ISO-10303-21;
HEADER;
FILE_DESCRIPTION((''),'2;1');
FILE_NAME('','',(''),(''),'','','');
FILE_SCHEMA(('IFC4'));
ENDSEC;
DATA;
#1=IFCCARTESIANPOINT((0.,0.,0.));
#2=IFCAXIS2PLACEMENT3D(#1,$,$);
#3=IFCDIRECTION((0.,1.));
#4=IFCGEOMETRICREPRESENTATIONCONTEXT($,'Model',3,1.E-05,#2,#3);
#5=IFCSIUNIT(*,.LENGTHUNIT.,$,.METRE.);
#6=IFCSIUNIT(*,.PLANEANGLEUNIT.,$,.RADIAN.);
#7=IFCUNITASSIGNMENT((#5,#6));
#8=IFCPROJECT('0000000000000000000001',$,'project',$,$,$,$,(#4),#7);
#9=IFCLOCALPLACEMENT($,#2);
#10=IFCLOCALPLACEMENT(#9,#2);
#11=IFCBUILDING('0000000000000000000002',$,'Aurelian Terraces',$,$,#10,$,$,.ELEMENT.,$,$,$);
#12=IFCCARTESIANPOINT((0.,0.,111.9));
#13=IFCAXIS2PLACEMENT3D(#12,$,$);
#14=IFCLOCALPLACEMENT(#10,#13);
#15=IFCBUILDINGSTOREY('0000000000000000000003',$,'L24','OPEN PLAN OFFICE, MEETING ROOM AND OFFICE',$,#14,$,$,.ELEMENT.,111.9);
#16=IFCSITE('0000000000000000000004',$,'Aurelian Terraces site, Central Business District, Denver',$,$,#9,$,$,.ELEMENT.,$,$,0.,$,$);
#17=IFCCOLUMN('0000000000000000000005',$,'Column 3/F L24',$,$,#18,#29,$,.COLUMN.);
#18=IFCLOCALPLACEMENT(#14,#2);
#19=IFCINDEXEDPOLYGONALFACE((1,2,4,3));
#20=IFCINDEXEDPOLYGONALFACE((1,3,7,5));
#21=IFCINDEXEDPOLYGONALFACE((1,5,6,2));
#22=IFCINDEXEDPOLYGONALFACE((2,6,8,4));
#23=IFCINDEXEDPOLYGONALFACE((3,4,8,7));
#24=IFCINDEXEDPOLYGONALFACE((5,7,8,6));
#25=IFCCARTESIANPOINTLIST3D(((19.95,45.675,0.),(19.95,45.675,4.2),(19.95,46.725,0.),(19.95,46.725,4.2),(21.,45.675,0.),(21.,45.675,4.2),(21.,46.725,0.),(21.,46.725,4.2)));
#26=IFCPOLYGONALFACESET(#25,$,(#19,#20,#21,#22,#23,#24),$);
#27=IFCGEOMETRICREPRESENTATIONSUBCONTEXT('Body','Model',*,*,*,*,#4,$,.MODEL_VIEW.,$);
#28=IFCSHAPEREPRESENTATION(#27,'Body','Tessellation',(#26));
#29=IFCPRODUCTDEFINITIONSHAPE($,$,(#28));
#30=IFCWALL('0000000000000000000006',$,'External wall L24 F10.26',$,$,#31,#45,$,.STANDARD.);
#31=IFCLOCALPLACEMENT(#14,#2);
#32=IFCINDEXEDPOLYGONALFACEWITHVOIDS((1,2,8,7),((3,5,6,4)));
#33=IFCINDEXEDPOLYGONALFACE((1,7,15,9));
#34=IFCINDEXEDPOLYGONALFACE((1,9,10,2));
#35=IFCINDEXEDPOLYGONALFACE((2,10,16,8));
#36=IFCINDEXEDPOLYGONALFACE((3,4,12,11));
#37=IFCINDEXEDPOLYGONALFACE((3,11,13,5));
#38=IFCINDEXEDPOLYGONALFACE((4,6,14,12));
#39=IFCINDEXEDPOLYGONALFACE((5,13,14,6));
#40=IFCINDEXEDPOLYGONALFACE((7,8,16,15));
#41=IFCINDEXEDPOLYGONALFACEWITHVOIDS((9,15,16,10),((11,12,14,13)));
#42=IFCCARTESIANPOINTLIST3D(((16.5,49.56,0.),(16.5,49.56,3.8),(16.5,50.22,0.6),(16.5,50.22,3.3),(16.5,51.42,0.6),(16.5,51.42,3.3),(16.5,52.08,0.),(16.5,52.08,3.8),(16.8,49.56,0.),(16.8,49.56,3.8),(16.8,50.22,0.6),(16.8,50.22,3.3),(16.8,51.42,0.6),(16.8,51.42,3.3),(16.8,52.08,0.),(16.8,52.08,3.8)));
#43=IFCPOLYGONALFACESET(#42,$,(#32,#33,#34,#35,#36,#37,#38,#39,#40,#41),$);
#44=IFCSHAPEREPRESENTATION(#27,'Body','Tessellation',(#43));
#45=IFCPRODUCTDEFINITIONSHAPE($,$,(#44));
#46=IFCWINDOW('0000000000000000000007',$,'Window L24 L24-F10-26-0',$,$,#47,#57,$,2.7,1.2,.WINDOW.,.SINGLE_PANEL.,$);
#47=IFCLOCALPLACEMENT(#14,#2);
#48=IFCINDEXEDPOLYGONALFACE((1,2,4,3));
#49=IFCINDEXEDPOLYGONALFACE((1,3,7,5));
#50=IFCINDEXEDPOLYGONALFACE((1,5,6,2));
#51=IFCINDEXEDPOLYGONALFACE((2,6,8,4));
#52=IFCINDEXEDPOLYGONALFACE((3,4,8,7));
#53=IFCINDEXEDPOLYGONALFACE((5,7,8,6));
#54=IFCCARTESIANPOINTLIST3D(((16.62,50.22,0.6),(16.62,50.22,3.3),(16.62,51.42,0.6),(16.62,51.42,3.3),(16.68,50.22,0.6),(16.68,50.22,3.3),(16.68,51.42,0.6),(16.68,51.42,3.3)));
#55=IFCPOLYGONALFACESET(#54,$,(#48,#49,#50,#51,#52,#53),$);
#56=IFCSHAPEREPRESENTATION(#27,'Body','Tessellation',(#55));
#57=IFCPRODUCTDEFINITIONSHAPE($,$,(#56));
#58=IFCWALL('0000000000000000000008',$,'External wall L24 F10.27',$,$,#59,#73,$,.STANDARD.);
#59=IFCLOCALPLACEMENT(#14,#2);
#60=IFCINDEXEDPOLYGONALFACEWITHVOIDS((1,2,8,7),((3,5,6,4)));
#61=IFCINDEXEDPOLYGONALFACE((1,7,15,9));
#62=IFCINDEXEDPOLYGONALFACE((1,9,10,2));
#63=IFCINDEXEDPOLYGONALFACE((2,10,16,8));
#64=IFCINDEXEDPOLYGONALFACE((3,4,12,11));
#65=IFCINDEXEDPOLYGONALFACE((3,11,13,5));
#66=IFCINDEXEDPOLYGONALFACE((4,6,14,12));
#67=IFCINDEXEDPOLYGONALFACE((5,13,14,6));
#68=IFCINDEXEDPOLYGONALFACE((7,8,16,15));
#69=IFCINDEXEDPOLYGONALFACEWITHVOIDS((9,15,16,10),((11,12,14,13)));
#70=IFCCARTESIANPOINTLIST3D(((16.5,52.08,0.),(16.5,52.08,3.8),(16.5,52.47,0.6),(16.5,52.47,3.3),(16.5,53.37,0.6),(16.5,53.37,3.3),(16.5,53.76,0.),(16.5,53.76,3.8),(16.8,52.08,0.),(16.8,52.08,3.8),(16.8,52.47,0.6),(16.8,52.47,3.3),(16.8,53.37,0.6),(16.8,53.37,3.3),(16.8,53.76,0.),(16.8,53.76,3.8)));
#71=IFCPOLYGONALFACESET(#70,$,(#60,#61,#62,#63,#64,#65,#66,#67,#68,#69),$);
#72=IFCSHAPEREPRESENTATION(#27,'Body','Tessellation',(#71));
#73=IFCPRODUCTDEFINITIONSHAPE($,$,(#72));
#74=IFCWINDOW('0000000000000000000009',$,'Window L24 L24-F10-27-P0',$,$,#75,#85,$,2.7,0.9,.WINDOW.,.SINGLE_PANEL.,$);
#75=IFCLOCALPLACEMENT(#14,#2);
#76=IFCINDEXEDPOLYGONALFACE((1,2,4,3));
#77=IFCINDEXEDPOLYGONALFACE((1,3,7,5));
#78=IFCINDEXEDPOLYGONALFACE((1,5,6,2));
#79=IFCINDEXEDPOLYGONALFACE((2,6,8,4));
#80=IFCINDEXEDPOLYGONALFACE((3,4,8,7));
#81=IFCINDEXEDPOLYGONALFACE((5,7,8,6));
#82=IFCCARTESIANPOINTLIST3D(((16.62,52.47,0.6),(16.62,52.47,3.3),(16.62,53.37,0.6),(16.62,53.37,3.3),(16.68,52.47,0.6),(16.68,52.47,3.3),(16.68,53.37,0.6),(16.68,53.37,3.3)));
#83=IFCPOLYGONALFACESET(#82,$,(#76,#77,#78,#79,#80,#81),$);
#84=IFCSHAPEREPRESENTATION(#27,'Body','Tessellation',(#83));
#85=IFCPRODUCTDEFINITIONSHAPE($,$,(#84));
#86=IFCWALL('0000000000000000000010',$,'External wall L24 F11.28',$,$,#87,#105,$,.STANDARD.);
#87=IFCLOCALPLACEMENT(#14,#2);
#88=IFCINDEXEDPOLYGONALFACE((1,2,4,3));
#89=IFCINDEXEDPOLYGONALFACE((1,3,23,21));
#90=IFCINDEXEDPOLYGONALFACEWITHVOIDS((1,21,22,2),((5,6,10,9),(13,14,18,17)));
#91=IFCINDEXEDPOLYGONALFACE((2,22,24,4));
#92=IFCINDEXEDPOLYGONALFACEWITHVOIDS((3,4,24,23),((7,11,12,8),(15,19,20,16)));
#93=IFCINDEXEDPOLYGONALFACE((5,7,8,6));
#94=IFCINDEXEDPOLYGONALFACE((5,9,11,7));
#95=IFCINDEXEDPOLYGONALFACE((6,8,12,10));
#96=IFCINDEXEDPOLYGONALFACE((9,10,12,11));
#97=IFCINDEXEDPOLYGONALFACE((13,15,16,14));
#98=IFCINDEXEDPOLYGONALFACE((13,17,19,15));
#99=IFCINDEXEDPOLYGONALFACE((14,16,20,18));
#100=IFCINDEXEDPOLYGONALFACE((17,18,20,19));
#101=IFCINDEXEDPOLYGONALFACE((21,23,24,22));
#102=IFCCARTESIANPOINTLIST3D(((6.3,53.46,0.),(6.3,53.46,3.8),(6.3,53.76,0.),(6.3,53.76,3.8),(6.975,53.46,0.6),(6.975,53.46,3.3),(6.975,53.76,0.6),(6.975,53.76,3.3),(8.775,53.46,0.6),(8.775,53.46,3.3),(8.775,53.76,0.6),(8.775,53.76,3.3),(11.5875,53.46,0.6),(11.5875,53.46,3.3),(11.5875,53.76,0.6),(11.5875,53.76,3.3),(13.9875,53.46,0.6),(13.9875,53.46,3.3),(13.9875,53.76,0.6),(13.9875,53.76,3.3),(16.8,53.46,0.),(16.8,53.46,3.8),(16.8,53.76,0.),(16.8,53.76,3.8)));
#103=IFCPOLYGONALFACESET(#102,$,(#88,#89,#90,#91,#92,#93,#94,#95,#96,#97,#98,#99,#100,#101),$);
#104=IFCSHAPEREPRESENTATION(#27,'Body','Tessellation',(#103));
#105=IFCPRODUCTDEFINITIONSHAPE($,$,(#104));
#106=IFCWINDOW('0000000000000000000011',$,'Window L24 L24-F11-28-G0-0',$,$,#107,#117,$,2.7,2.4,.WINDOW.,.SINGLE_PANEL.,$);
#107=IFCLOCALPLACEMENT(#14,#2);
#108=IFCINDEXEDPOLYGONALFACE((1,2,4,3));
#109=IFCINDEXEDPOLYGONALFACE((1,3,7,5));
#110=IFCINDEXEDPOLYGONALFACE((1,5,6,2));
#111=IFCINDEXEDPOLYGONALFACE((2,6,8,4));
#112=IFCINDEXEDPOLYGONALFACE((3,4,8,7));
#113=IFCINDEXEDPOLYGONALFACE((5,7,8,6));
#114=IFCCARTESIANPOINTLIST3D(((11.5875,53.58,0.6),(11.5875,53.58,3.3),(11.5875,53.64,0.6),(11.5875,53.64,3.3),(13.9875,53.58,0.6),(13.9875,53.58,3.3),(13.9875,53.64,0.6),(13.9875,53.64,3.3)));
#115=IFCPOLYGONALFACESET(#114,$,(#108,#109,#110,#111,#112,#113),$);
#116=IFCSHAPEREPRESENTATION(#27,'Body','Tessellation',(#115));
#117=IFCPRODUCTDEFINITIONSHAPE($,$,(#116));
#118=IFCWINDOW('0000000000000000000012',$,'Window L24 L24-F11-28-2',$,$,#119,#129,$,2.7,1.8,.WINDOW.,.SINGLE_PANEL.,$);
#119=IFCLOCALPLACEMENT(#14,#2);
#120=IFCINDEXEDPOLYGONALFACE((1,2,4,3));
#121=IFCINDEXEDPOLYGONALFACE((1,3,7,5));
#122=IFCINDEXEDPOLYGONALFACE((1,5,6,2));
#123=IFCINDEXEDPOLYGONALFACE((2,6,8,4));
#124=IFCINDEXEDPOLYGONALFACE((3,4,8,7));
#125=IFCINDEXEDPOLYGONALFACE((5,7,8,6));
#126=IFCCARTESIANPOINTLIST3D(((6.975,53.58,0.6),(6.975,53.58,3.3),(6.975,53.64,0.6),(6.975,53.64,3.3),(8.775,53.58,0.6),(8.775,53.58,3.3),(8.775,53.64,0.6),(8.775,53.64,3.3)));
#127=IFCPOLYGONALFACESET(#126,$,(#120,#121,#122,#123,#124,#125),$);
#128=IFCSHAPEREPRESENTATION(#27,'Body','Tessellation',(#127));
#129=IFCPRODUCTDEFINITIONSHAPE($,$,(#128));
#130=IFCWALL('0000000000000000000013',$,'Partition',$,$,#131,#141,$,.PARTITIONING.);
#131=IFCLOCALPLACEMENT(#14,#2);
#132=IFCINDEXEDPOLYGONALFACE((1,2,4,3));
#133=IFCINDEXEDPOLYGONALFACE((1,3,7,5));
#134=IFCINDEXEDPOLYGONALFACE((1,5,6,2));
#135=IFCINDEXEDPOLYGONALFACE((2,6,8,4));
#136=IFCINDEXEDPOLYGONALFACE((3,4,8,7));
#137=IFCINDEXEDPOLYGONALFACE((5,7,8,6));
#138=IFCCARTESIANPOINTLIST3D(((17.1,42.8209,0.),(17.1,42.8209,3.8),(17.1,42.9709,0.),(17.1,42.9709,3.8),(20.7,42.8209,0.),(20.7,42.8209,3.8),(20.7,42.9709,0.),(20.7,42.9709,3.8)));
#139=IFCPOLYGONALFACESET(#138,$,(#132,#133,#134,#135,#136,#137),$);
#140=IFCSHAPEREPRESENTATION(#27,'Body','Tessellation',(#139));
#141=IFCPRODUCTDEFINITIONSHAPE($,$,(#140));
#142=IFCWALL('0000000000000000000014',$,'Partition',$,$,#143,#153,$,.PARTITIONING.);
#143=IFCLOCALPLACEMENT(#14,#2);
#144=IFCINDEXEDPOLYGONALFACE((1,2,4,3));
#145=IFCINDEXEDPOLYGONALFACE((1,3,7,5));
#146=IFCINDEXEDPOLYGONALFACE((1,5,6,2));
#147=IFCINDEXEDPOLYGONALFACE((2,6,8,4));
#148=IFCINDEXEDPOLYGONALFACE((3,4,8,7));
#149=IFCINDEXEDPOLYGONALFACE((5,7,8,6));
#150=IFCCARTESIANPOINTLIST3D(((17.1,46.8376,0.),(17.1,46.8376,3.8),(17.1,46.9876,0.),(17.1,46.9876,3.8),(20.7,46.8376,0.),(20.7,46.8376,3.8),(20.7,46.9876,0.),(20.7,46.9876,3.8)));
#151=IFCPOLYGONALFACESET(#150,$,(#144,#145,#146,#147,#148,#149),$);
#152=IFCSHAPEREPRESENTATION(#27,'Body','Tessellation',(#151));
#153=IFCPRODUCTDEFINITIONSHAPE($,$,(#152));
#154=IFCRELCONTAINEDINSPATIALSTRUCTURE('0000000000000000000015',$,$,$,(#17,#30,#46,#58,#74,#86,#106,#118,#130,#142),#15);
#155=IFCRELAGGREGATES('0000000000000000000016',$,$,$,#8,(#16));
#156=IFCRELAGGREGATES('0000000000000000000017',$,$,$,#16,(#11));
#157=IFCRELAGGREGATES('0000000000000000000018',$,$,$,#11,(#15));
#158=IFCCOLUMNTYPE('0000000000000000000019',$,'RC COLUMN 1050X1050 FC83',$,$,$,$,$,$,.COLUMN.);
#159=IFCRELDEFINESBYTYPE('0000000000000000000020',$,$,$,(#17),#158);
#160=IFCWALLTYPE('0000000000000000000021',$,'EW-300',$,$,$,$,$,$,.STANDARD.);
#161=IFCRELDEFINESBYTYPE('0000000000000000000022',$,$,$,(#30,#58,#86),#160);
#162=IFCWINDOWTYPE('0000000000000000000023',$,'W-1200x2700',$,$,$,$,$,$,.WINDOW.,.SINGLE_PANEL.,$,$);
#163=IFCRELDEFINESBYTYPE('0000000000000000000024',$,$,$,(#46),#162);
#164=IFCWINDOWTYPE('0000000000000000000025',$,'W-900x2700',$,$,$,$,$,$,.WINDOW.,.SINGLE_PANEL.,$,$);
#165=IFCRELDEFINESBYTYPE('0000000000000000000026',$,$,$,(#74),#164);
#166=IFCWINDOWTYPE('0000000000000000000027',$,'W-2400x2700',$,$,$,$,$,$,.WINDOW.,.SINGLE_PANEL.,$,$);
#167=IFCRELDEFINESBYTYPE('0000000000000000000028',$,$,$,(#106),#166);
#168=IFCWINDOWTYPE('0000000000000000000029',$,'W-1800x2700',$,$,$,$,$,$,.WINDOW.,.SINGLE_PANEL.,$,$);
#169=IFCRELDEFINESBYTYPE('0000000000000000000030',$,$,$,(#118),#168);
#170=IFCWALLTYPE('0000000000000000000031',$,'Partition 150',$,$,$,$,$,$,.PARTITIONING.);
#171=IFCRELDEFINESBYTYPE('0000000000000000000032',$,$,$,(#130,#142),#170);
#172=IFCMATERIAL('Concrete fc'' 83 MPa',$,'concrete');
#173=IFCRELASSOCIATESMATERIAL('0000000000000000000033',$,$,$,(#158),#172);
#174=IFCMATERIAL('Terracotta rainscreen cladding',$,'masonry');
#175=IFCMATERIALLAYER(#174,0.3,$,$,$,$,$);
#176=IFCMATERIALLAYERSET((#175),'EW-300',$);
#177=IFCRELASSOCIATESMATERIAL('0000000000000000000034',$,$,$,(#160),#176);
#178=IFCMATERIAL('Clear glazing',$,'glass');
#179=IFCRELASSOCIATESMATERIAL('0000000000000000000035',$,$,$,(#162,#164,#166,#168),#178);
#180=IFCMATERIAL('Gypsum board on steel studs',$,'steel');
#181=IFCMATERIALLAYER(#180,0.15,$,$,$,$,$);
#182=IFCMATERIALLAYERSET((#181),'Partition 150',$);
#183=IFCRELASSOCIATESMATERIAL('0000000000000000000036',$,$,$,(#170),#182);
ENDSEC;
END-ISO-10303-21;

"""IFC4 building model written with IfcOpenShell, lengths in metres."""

from ifc_helpers import new_model, si_unit, direction, frame, frame_2d, origin, origin_2d, place, context, subcontext, project, spatial, rectangle, extrude, source, transform, mapped, material, layer, layer_set, material_profile, profile_set, type_object, element, fill, save


model = new_model("IFC4")

# Units and contexts
model_context = context("Model", 3, precision=1e-05, world=origin(), true_north=direction((0.0, 1.0)))
body_context = subcontext(model_context, "Body", "Model", "MODEL_VIEW")
ifc_project = project(units=[si_unit("LENGTHUNIT", "METRE"), si_unit("PLANEANGLEUNIT", "RADIAN")], contexts=[model_context])

# Site, building, storey
site_placement = place(None, origin())
site = spatial("IfcSite", under=ifc_project, at=site_placement, Name="Aurelian Terraces site, Central Business District, Denver", CompositionType="ELEMENT", RefElevation=0.0)
building_placement = place(site_placement, origin())
building = spatial("IfcBuilding", under=site, at=building_placement, Name="Aurelian Terraces", CompositionType="ELEMENT")
storey_placement = place(building_placement, frame((0.0, 0.0, 111.9)))
storey = spatial("IfcBuildingStorey", under=building, at=storey_placement, Name="L24", Description="OPEN PLAN OFFICE, MEETING ROOM AND OFFICE", CompositionType="ELEMENT", Elevation=111.9)

# Column
ifc_material_1 = material(Name="Concrete fc' 83 MPa", Category="concrete")
ifc_material_profile = material_profile(ifc_material_1, rectangle(XDim=1.05, YDim=1.05, at=origin_2d()))
ifc_profile_set = profile_set([ifc_material_profile], Name="Concrete fc' 83 MPa")
column_type = type_object("IfcColumnType", Name="RC COLUMN 1050X1050 FC83", PredefinedType="COLUMN", material=ifc_profile_set)
shared_shape_1 = source(origin(), body_context, "Body", "SweptSolid", [
    extrude(rectangle(XDim=1.05, YDim=1.05, at=origin_2d()), origin(), (0.0, 0.0, 1.0), 4.2),
])
column_placement = place(storey_placement, frame((20.475, 46.2, 0.0), z_axis=(0.0, 0.0, 1.0), x_axis=(1.0, 0.0, 0.0)))
element("IfcColumn", 1, at=column_placement, inside=storey, type_object=column_type, Name="Column 3/F L24", PredefinedType="COLUMN", context=body_context, shape_type="MappedRepresentation", body=[
    mapped(shared_shape_1, transform((0.0, 0.0, 0.0), scale=1.0)),
])

# Walls, openings, windows
ifc_material_2 = material(Name="Terracotta rainscreen cladding", Category="masonry")
ifc_layer_1 = layer(ifc_material_2, 0.3)
ifc_layer_set_1 = layer_set([ifc_layer_1], Name="EW-300")
wall_type_1 = type_object("IfcWallType", Name="EW-300", PredefinedType="STANDARD", material=ifc_layer_set_1)
shared_shape_2 = source(origin(), body_context, "Body", "SweptSolid", [
    extrude(rectangle(XDim=2.52, YDim=0.3, at=frame_2d((1.26, 0.0))), origin(), (0.0, 0.0, 1.0), 3.8),
])
wall_1_placement = place(storey_placement, frame((16.65, 49.56, 0.0), z_axis=(0.0, 0.0, 1.0), x_axis=(0.0, 1.0, 0.0)))
wall_1 = element("IfcWall", 2, at=wall_1_placement, inside=storey, type_object=wall_type_1, Name="External wall L24 F10.26", PredefinedType="STANDARD", context=body_context, shape_type="MappedRepresentation", body=[
    mapped(shared_shape_2, transform((0.0, 0.0, 0.0), scale=1.0)),
])
shared_shape_3 = source(origin(), body_context, "Body", "SweptSolid", [
    extrude(rectangle(XDim=1.2, YDim=2.7, at=frame_2d((0.6, 1.35))), frame((0.0, 0.16, 0.0), z_axis=(0.0, -1.0, 0.0), x_axis=(1.0, 0.0, 0.0)), (0.0, 0.0, 1.0), 0.32),
])
opening_1_placement = place(wall_1_placement, frame((0.66, 0.0, 0.6)))
opening_1 = element("IfcOpeningElement", 3, at=opening_1_placement, cuts=wall_1, PredefinedType="OPENING", context=body_context, shape_type="MappedRepresentation", body=[
    mapped(shared_shape_3, transform((0.0, 0.0, 0.0), scale=1.0)),
])
ifc_material_3 = material(Name="Clear glazing", Category="glass")
window_type_1 = type_object("IfcWindowType", Name="W-1200x2700", PartitioningType="SINGLE_PANEL", PredefinedType="WINDOW", material=ifc_material_3)
shared_shape_4 = source(origin(), body_context, "Body", "SweptSolid", [
    extrude(rectangle(XDim=1.2, YDim=2.7, at=frame_2d((0.6, 1.35))), frame((0.0, 0.03, 0.0), z_axis=(0.0, -1.0, 0.0), x_axis=(1.0, 0.0, 0.0)), (0.0, 0.0, 1.0), 0.06),
])
window_1_placement = place(opening_1_placement, origin())
window_1 = element("IfcWindow", 4, at=window_1_placement, inside=storey, type_object=window_type_1, Name="Window L24 L24-F10-26-0", OverallHeight=2.7, OverallWidth=1.2, PartitioningType="SINGLE_PANEL", PredefinedType="WINDOW", context=body_context, shape_type="MappedRepresentation", body=[
    mapped(shared_shape_4, transform((0.0, 0.0, 0.0), scale=1.0)),
])
fill(opening_1, window_1)
shared_shape_5 = source(origin(), body_context, "Body", "SweptSolid", [
    extrude(rectangle(XDim=1.68, YDim=0.3, at=frame_2d((0.84, 0.0))), origin(), (0.0, 0.0, 1.0), 3.8),
])
wall_2_placement = place(storey_placement, frame((16.65, 52.08, 0.0), z_axis=(0.0, 0.0, 1.0), x_axis=(0.0, 1.0, 0.0)))
wall_2 = element("IfcWall", 5, at=wall_2_placement, inside=storey, type_object=wall_type_1, Name="External wall L24 F10.27", PredefinedType="STANDARD", context=body_context, shape_type="MappedRepresentation", body=[
    mapped(shared_shape_5, transform((0.0, 0.0, 0.0), scale=1.0)),
])
shared_shape_6 = source(origin(), body_context, "Body", "SweptSolid", [
    extrude(rectangle(XDim=0.9, YDim=2.7, at=frame_2d((0.45, 1.35))), frame((0.0, 0.16, 0.0), z_axis=(0.0, -1.0, 0.0), x_axis=(1.0, 0.0, 0.0)), (0.0, 0.0, 1.0), 0.32),
])
opening_2_placement = place(wall_2_placement, frame((0.39, 0.0, 0.6)))
opening_2 = element("IfcOpeningElement", 6, at=opening_2_placement, cuts=wall_2, PredefinedType="OPENING", context=body_context, shape_type="MappedRepresentation", body=[
    mapped(shared_shape_6, transform((0.0, 0.0, 0.0), scale=1.0)),
])
window_type_2 = type_object("IfcWindowType", Name="W-900x2700", PartitioningType="SINGLE_PANEL", PredefinedType="WINDOW", material=ifc_material_3)
shared_shape_7 = source(origin(), body_context, "Body", "SweptSolid", [
    extrude(rectangle(XDim=0.9, YDim=2.7, at=frame_2d((0.45, 1.35))), frame((0.0, 0.03, 0.0), z_axis=(0.0, -1.0, 0.0), x_axis=(1.0, 0.0, 0.0)), (0.0, 0.0, 1.0), 0.06),
])
window_2_placement = place(opening_2_placement, origin())
window_2 = element("IfcWindow", 7, at=window_2_placement, inside=storey, type_object=window_type_2, Name="Window L24 L24-F10-27-P0", OverallHeight=2.7, OverallWidth=0.9, PartitioningType="SINGLE_PANEL", PredefinedType="WINDOW", context=body_context, shape_type="MappedRepresentation", body=[
    mapped(shared_shape_7, transform((0.0, 0.0, 0.0), scale=1.0)),
])
fill(opening_2, window_2)

# Wall, openings, windows
shared_shape_8 = source(origin(), body_context, "Body", "SweptSolid", [
    extrude(rectangle(XDim=10.5, YDim=0.3, at=frame_2d((5.25, 0.0))), origin(), (0.0, 0.0, 1.0), 3.8),
])
wall_3_placement = place(storey_placement, frame((16.8, 53.61, 0.0), z_axis=(0.0, 0.0, 1.0), x_axis=(-1.0, 0.0, 0.0)))
wall_3 = element("IfcWall", 8, at=wall_3_placement, inside=storey, type_object=wall_type_1, Name="External wall L24 F11.28", PredefinedType="STANDARD", context=body_context, shape_type="MappedRepresentation", body=[
    mapped(shared_shape_8, transform((0.0, 0.0, 0.0), scale=1.0)),
])
shared_shape_9 = source(origin(), body_context, "Body", "SweptSolid", [
    extrude(rectangle(XDim=1.8, YDim=2.7, at=frame_2d((0.9, 1.35))), frame((0.0, 0.16, 0.0), z_axis=(0.0, -1.0, 0.0), x_axis=(1.0, 0.0, 0.0)), (0.0, 0.0, 1.0), 0.32),
])
opening_3_placement = place(wall_3_placement, frame((8.025, 0.0, 0.6)))
opening_3 = element("IfcOpeningElement", 9, at=opening_3_placement, cuts=wall_3, PredefinedType="OPENING", context=body_context, shape_type="MappedRepresentation", body=[
    mapped(shared_shape_9, transform((0.0, 0.0, 0.0), scale=1.0)),
])
shared_shape_10 = source(origin(), body_context, "Body", "SweptSolid", [
    extrude(rectangle(XDim=2.4, YDim=2.7, at=frame_2d((1.2, 1.35))), frame((0.0, 0.16, 0.0), z_axis=(0.0, -1.0, 0.0), x_axis=(1.0, 0.0, 0.0)), (0.0, 0.0, 1.0), 0.32),
])
opening_4_placement = place(wall_3_placement, frame((2.8125, 0.0, 0.6)))
opening_4 = element("IfcOpeningElement", 10, at=opening_4_placement, cuts=wall_3, PredefinedType="OPENING", context=body_context, shape_type="MappedRepresentation", body=[
    mapped(shared_shape_10, transform((0.0, 0.0, 0.0), scale=1.0)),
])
window_type_3 = type_object("IfcWindowType", Name="W-2400x2700", PartitioningType="SINGLE_PANEL", PredefinedType="WINDOW", material=ifc_material_3)
shared_shape_11 = source(origin(), body_context, "Body", "SweptSolid", [
    extrude(rectangle(XDim=2.4, YDim=2.7, at=frame_2d((1.2, 1.35))), frame((0.0, 0.03, 0.0), z_axis=(0.0, -1.0, 0.0), x_axis=(1.0, 0.0, 0.0)), (0.0, 0.0, 1.0), 0.06),
])
window_3_placement = place(opening_4_placement, origin())
window_3 = element("IfcWindow", 11, at=window_3_placement, inside=storey, type_object=window_type_3, Name="Window L24 L24-F11-28-G0-0", OverallHeight=2.7, OverallWidth=2.4, PartitioningType="SINGLE_PANEL", PredefinedType="WINDOW", context=body_context, shape_type="MappedRepresentation", body=[
    mapped(shared_shape_11, transform((0.0, 0.0, 0.0), scale=1.0)),
])
fill(opening_4, window_3)
window_type_4 = type_object("IfcWindowType", Name="W-1800x2700", PartitioningType="SINGLE_PANEL", PredefinedType="WINDOW", material=ifc_material_3)
shared_shape_12 = source(origin(), body_context, "Body", "SweptSolid", [
    extrude(rectangle(XDim=1.8, YDim=2.7, at=frame_2d((0.9, 1.35))), frame((0.0, 0.03, 0.0), z_axis=(0.0, -1.0, 0.0), x_axis=(1.0, 0.0, 0.0)), (0.0, 0.0, 1.0), 0.06),
])
window_4_placement = place(opening_3_placement, origin())
window_4 = element("IfcWindow", 12, at=window_4_placement, inside=storey, type_object=window_type_4, Name="Window L24 L24-F11-28-2", OverallHeight=2.7, OverallWidth=1.8, PartitioningType="SINGLE_PANEL", PredefinedType="WINDOW", context=body_context, shape_type="MappedRepresentation", body=[
    mapped(shared_shape_12, transform((0.0, 0.0, 0.0), scale=1.0)),
])
fill(opening_3, window_4)

# Walls
ifc_material_4 = material(Name="Gypsum board on steel studs", Category="steel")
ifc_layer_2 = layer(ifc_material_4, 0.15)
ifc_layer_set_2 = layer_set([ifc_layer_2], Name="Partition 150")
wall_type_2 = type_object("IfcWallType", Name="Partition 150", PredefinedType="PARTITIONING", material=ifc_layer_set_2)
shared_shape_13 = source(origin(), body_context, "Body", "SweptSolid", [
    extrude(rectangle(XDim=3.6, YDim=0.15, at=frame_2d((1.8, 0.0))), origin(), (0.0, 0.0, 1.0), 3.8),
])
for number, where, z_axis, x_axis, name in (
    (13, (17.1, 42.8959, 0.0), (0.0, 0.0, 1.0), (1.0, 0.0, 0.0), "Partition"),
    (14, (17.1, 46.9126, 0.0), (0.0, 0.0, 1.0), (1.0, 0.0, 0.0), "Partition"),
):
    element("IfcWall", number, at=place(storey_placement, frame(where, z_axis=z_axis, x_axis=x_axis)), inside=storey, type_object=wall_type_2, Name=name, PredefinedType="PARTITIONING", context=body_context, shape_type="MappedRepresentation", body=[
        mapped(shared_shape_13, transform((0.0, 0.0, 0.0), scale=1.0)),
    ])

save(model, "model.ifc")
